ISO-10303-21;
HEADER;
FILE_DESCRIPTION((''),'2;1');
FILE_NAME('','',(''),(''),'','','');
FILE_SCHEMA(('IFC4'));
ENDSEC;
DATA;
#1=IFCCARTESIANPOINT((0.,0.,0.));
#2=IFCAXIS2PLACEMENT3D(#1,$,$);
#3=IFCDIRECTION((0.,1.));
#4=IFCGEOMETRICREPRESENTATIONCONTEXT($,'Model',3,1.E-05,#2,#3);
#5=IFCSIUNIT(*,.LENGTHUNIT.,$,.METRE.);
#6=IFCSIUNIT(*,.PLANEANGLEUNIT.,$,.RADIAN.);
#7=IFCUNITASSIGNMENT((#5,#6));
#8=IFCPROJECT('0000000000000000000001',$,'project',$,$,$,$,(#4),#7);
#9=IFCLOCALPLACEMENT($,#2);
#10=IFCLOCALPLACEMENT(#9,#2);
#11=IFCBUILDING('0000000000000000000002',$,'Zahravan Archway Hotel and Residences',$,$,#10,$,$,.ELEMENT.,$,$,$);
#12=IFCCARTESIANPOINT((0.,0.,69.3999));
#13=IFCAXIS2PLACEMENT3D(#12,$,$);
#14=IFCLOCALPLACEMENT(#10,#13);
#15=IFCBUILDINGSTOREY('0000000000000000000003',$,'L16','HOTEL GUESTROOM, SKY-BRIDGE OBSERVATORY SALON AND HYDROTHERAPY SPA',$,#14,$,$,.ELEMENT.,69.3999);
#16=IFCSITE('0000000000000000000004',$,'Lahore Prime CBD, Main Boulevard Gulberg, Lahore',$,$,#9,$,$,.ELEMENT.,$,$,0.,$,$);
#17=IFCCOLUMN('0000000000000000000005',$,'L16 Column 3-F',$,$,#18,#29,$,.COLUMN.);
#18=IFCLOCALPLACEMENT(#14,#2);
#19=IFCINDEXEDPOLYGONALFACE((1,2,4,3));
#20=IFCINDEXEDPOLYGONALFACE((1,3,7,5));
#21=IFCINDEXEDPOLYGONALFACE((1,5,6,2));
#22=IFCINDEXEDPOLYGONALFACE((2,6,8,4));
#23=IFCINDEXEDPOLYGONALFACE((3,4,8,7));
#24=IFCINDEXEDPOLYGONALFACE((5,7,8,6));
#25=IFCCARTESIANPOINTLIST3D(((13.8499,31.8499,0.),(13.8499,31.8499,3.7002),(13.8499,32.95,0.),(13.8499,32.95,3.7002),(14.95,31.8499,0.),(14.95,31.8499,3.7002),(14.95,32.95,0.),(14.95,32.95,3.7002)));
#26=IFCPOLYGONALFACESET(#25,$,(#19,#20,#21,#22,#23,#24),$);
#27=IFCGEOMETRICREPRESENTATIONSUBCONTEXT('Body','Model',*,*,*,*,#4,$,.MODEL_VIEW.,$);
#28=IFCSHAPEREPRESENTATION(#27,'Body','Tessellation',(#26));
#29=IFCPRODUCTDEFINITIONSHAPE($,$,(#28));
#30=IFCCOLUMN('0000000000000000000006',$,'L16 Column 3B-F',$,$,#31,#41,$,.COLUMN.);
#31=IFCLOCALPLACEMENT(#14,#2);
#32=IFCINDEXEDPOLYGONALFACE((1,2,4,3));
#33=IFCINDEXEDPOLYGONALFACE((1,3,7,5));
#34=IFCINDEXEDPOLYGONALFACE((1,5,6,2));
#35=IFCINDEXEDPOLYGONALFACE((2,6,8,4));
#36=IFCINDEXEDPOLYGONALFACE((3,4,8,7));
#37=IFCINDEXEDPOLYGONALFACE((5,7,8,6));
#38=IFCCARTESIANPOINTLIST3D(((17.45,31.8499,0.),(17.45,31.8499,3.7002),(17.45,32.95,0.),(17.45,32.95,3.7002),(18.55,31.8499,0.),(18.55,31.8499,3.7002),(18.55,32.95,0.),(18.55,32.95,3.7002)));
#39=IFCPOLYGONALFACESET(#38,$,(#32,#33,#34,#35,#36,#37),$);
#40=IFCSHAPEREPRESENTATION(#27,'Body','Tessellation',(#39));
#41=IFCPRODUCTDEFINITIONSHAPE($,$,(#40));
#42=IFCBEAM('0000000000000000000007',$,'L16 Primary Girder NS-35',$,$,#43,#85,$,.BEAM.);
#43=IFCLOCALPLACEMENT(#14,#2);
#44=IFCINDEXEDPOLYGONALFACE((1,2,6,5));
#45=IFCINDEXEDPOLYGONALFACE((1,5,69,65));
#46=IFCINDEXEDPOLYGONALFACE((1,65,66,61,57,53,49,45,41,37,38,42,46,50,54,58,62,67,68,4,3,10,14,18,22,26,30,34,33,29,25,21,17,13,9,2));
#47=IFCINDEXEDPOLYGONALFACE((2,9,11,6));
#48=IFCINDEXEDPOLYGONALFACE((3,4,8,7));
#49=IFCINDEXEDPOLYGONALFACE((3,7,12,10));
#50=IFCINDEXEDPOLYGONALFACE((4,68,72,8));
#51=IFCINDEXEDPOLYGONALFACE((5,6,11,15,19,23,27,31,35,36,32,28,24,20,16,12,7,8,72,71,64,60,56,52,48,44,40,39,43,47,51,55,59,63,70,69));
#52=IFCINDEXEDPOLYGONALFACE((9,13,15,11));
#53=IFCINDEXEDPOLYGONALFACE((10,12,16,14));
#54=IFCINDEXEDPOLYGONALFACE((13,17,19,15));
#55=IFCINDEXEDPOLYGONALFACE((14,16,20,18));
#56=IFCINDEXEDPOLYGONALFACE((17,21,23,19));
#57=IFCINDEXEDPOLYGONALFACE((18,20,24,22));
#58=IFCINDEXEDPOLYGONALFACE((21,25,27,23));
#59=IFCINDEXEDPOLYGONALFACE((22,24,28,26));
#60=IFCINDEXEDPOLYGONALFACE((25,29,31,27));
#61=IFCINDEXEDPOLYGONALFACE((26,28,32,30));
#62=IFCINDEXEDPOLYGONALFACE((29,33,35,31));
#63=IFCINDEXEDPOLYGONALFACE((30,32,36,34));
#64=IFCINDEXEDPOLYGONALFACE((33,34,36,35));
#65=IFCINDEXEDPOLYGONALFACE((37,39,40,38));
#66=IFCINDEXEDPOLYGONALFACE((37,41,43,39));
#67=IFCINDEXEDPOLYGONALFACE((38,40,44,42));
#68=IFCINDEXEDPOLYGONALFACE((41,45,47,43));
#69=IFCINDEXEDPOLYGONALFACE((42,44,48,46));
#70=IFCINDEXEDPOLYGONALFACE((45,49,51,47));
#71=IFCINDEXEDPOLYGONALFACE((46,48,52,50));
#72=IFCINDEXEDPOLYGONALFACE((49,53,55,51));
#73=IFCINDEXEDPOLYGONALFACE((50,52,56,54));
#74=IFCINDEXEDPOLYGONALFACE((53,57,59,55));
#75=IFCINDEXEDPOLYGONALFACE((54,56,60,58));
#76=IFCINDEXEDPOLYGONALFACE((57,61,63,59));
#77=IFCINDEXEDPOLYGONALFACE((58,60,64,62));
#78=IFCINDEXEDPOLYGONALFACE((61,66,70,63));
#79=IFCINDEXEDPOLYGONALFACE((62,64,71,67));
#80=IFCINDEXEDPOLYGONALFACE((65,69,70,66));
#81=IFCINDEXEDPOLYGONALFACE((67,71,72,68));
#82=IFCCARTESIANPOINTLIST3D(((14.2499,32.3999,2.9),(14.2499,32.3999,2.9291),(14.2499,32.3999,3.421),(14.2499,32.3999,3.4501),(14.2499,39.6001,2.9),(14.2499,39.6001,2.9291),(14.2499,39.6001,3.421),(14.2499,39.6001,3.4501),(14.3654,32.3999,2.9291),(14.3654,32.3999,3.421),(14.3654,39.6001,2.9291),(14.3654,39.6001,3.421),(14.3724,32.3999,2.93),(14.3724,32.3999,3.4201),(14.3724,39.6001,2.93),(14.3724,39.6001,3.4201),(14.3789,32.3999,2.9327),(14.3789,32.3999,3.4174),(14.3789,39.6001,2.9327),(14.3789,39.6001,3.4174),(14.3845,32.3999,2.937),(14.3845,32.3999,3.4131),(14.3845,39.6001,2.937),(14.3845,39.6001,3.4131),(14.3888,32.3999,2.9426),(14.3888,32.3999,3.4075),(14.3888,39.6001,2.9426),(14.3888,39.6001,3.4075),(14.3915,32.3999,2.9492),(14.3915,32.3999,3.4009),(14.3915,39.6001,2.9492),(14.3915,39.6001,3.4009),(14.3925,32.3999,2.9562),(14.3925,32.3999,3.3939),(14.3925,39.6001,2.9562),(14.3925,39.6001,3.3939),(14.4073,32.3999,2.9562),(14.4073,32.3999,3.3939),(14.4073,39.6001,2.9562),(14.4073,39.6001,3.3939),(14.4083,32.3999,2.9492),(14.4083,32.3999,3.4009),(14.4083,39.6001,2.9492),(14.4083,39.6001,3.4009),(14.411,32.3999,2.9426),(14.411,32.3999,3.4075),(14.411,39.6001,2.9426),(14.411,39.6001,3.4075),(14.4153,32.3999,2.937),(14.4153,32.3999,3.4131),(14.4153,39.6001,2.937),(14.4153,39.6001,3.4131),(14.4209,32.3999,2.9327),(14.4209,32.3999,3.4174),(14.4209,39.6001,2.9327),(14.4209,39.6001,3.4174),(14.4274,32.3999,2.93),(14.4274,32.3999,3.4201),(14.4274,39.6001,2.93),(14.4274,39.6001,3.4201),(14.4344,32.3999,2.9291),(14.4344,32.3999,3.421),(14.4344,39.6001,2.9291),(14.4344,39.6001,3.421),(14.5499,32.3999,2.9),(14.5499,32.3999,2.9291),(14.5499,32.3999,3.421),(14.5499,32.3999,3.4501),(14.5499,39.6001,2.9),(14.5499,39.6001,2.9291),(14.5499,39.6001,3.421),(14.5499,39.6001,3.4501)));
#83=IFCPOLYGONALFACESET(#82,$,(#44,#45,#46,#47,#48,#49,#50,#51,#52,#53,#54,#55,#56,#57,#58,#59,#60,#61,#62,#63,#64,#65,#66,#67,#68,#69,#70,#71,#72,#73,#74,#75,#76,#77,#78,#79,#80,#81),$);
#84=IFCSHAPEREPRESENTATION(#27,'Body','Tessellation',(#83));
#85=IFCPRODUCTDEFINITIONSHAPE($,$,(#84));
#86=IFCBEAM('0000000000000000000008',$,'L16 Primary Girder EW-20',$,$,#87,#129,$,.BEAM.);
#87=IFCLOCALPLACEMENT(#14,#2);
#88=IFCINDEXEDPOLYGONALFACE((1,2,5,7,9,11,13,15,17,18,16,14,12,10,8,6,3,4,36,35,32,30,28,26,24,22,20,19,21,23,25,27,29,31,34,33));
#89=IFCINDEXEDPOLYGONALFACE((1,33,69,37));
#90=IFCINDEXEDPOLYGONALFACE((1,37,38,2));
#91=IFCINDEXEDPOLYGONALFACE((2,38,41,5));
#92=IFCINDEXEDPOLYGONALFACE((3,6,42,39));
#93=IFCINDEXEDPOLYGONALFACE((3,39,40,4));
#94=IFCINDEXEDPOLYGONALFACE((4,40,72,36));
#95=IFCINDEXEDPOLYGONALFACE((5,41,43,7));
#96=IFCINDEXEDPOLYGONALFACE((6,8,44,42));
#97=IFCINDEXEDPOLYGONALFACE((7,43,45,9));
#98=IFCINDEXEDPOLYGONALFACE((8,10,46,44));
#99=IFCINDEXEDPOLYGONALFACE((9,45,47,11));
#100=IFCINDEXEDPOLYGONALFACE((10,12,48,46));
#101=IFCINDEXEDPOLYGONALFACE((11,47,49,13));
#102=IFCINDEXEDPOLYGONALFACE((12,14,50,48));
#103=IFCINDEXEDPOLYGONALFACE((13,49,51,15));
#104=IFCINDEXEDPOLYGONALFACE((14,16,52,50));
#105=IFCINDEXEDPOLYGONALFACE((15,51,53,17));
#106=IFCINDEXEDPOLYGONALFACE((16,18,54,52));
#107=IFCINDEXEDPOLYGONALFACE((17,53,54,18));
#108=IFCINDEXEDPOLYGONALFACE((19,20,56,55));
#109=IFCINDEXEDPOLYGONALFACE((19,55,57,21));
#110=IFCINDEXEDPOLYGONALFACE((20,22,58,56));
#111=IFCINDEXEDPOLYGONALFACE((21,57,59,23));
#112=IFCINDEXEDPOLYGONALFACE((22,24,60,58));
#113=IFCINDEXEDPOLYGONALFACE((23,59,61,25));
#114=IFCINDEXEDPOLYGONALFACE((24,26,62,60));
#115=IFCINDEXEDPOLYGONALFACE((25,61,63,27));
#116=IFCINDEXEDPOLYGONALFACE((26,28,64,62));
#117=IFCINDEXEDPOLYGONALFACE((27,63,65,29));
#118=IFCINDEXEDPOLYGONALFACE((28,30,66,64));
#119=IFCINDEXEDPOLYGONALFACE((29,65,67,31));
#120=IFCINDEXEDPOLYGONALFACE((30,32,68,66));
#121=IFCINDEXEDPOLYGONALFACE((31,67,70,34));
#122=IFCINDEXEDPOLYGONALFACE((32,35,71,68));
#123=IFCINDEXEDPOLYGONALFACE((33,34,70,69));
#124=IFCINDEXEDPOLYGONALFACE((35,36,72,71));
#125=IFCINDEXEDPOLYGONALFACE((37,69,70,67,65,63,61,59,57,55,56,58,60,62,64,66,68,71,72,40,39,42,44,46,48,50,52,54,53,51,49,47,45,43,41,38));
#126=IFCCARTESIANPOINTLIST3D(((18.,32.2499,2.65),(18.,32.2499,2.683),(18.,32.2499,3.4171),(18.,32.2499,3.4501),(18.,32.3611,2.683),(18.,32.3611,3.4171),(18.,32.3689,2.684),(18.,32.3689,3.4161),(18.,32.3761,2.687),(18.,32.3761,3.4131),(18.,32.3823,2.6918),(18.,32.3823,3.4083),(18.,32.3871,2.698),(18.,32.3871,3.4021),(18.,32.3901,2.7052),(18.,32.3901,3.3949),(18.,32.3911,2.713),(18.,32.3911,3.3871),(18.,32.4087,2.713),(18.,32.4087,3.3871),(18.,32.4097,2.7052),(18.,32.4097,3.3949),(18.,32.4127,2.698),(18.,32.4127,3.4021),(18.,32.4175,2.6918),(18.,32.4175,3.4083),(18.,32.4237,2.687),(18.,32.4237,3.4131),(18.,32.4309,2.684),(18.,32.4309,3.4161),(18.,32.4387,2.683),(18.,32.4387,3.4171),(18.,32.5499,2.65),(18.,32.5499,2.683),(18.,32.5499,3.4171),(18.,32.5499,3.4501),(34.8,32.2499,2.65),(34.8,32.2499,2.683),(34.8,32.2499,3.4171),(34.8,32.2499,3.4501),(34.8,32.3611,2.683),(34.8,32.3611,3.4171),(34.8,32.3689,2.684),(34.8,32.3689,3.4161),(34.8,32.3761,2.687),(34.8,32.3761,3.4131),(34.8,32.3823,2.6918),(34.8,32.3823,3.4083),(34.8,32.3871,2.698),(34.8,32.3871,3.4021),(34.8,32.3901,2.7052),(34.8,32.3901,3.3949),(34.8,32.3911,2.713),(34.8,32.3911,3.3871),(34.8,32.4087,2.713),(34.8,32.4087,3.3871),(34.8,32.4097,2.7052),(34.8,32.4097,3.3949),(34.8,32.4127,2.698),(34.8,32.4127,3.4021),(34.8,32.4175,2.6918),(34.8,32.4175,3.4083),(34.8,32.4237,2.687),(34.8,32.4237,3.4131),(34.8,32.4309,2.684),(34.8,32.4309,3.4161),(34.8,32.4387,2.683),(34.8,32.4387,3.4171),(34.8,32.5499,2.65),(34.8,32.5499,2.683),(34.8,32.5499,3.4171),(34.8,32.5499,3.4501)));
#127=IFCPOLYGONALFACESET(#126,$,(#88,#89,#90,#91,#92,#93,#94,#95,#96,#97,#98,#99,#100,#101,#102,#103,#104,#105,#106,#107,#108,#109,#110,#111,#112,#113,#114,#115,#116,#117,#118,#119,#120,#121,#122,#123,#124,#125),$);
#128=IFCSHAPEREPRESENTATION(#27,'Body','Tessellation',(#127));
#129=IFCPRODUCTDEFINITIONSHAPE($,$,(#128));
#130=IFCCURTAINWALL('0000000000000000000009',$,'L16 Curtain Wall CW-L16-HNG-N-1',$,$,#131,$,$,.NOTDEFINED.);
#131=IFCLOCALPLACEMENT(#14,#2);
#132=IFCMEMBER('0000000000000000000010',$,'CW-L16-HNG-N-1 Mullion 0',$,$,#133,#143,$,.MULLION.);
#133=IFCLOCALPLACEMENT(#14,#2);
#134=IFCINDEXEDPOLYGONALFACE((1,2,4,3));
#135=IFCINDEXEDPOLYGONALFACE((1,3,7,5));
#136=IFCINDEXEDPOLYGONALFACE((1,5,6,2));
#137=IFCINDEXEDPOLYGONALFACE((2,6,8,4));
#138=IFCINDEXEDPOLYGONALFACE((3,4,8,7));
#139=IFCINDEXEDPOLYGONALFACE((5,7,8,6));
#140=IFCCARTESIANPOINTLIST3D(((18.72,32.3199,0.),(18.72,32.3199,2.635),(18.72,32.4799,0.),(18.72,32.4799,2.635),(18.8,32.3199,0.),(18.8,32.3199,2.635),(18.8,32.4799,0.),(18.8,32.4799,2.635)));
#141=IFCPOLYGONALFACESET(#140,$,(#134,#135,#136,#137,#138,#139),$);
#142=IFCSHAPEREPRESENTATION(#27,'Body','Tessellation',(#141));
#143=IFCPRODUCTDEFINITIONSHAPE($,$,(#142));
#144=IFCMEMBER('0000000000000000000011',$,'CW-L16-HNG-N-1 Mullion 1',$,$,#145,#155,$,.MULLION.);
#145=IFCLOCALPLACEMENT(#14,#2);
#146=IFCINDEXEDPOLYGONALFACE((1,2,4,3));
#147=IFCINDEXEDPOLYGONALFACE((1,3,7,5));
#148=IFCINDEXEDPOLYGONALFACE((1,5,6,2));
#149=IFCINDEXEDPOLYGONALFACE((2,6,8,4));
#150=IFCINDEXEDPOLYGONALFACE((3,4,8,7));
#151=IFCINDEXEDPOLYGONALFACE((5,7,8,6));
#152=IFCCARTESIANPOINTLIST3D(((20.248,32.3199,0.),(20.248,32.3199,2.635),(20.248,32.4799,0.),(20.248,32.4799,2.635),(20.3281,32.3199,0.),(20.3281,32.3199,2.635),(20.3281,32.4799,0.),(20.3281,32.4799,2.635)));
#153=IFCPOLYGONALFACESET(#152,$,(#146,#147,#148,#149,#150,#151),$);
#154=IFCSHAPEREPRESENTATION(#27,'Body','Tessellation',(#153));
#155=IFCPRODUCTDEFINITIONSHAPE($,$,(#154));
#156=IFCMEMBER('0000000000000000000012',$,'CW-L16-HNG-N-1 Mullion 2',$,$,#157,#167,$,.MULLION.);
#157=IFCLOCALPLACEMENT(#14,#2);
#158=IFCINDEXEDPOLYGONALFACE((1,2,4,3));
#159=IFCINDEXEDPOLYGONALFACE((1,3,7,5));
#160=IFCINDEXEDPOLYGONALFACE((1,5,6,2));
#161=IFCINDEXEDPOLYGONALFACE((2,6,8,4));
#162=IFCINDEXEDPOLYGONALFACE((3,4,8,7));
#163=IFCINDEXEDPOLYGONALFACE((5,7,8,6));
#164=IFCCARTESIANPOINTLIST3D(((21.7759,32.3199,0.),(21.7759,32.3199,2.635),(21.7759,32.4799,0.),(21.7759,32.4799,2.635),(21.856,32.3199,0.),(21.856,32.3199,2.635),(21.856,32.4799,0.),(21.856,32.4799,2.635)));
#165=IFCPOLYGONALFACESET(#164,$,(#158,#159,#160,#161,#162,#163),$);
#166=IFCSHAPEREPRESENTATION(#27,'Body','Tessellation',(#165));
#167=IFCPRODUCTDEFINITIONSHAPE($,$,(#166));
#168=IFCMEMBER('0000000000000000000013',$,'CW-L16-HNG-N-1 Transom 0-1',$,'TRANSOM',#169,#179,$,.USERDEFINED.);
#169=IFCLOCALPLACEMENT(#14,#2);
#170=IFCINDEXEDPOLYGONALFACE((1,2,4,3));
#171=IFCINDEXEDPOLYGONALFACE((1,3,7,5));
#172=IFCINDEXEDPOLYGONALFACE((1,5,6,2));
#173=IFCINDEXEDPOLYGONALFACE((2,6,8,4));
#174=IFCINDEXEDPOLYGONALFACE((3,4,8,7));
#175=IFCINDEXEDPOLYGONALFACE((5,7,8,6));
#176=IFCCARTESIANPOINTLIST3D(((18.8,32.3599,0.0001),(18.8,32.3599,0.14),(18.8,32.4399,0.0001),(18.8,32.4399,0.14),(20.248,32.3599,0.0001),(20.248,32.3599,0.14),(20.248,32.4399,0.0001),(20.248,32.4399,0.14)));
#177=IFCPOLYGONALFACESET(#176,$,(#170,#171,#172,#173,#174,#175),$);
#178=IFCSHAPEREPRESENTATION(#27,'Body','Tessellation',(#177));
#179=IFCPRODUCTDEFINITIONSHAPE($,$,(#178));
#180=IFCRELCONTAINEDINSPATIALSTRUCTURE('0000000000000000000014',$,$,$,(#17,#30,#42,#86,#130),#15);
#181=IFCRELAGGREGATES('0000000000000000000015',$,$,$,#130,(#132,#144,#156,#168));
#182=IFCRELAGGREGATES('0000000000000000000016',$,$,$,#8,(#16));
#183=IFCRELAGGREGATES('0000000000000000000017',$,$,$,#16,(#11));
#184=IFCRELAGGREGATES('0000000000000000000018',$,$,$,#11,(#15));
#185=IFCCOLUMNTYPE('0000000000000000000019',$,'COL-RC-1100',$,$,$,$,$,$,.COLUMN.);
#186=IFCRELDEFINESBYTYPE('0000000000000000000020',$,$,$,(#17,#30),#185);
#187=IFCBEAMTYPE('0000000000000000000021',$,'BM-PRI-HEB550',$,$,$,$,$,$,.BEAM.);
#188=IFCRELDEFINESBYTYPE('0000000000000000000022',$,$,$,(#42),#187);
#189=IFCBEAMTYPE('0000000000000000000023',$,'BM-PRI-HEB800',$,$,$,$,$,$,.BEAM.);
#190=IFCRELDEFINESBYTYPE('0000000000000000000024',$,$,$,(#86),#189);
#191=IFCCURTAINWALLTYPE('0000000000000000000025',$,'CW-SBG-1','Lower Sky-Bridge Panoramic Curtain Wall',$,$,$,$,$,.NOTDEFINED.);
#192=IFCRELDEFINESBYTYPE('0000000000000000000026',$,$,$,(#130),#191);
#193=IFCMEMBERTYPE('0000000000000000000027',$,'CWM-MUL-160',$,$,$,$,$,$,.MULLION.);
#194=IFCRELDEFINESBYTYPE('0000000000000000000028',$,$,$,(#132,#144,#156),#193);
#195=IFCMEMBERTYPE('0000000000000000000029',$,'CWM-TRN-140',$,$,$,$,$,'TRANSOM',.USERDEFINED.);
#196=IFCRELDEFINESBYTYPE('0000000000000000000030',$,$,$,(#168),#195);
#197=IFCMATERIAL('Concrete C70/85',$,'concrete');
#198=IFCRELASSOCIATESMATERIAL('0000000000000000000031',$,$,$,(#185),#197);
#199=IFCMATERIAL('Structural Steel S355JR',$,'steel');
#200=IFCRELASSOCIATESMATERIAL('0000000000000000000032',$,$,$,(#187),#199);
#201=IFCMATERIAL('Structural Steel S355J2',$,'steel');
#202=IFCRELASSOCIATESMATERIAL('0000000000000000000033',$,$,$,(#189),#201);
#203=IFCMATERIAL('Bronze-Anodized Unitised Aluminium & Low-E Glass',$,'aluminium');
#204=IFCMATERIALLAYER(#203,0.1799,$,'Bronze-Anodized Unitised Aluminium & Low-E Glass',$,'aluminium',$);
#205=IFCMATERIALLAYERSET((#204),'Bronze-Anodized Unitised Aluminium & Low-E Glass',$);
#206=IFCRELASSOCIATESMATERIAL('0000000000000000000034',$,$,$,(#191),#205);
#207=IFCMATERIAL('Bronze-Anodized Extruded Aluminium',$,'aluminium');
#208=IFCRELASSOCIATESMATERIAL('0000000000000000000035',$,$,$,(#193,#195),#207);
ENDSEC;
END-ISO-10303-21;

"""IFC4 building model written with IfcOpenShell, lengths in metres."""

from ifc_helpers import new_model, si_unit, direction, frame, origin, origin_2d, place, context, subcontext, project, spatial, rectangle, i_section, extrude, source, transform, mapped, material, layer, layer_set, material_profile, profile_set, type_object, type_shapes, element, aggregate, save


model = new_model("IFC4")

# Units and contexts
model_context = context("Model", 3, precision=1e-05, world=origin(), true_north=direction((0.0, 1.0)))
body_context = subcontext(model_context, "Body", "Model", "MODEL_VIEW")
ifc_project = project(units=[si_unit("LENGTHUNIT", "METRE"), si_unit("PLANEANGLEUNIT", "RADIAN")], contexts=[model_context])

# Site, building, storey
site_placement = place(None, origin())
site = spatial("IfcSite", under=ifc_project, at=site_placement, Name="Lahore Prime CBD, Main Boulevard Gulberg, Lahore", CompositionType="ELEMENT", RefElevation=0.0)
building_placement = place(site_placement, origin())
building = spatial("IfcBuilding", under=site, at=building_placement, Name="Zahravan Archway Hotel and Residences", CompositionType="ELEMENT")
storey_placement = place(building_placement, frame((0.0, 0.0, 69.3999)))
storey = spatial("IfcBuildingStorey", under=building, at=storey_placement, Name="L16", Description="HOTEL GUESTROOM, SKY-BRIDGE OBSERVATORY SALON AND HYDROTHERAPY SPA", CompositionType="ELEMENT", Elevation=69.3999)

# Columns
ifc_material_1 = material(Name="Concrete C70/85", Category="concrete")
ifc_material_profile_1 = material_profile(ifc_material_1, rectangle(XDim=1.1001, YDim=1.1001, at=origin_2d()), Name="RC 1100x1100", Category="concrete")
ifc_profile_set_1 = profile_set([ifc_material_profile_1], Name="Concrete C70/85")
column_type = type_object("IfcColumnType", Name="COL-RC-1100", PredefinedType="COLUMN", material=ifc_profile_set_1)
shared_shape_1 = source(origin(), body_context, "Body", "SweptSolid", [
    extrude(rectangle(XDim=1.1001, YDim=1.1001, at=origin_2d()), origin(), (0.0, 0.0, 1.0), 3.7002),
])
for number, where, z_axis, x_axis, name in (
    (1, (14.3999, 32.3999, 0.0), (0.0, 0.0, 1.0), (1.0, 0.0, 0.0), "L16 Column 3-F"),
    (2, (18.0, 32.3999, 0.0), (0.0, 0.0, 1.0), (1.0, 0.0, 0.0), "L16 Column 3B-F"),
):
    element("IfcColumn", number, at=place(storey_placement, frame(where, z_axis=z_axis, x_axis=x_axis)), inside=storey, type_object=column_type, Name=name, PredefinedType="COLUMN", context=body_context, shape_type="MappedRepresentation", body=[
        mapped(shared_shape_1, transform((0.0, 0.0, 0.0), scale=1.0)),
    ])

# Beams
ifc_material_2 = material(Name="Structural Steel S355JR", Category="steel")
ifc_material_profile_2 = material_profile(ifc_material_2, i_section(OverallWidth=0.3, OverallDepth=0.55, WebThickness=0.0149, FlangeThickness=0.0291, FilletRadius=0.0271, at=origin_2d()), Name="HEB 550", Category="steel")
ifc_profile_set_2 = profile_set([ifc_material_profile_2], Name="Structural Steel S355JR")
beam_type_1 = type_object("IfcBeamType", Name="BM-PRI-HEB550", PredefinedType="BEAM", material=ifc_profile_set_2)
shared_shape_2 = source(origin(), body_context, "Body", "SweptSolid", [
    extrude(i_section(OverallWidth=0.3, OverallDepth=0.55, WebThickness=0.0149, FlangeThickness=0.0291, FilletRadius=0.0271, at=origin_2d()), origin(), (0.0, 0.0, 1.0), 7.2002),
])
type_shapes(beam_type_1, [shared_shape_2])
beam_1_placement = place(storey_placement, frame((14.3999, 32.3999, 3.175), z_axis=(0.0, 1.0, 0.0), x_axis=(-1.0, 0.0, 0.0)))
element("IfcBeam", 3, at=beam_1_placement, inside=storey, type_object=beam_type_1, Name="L16 Primary Girder NS-35", PredefinedType="BEAM", context=body_context, shape_type="MappedRepresentation", body=[
    mapped(shared_shape_2, transform((0.0, 0.0, 0.0), scale=1.0)),
])
ifc_material_3 = material(Name="Structural Steel S355J2", Category="steel")
ifc_material_profile_3 = material_profile(ifc_material_3, i_section(OverallWidth=0.3, OverallDepth=0.8, WebThickness=0.0176, FlangeThickness=0.033, FilletRadius=0.03, at=origin_2d()), Name="HEB 800", Category="steel")
ifc_profile_set_3 = profile_set([ifc_material_profile_3], Name="Structural Steel S355J2")
beam_type_2 = type_object("IfcBeamType", Name="BM-PRI-HEB800", PredefinedType="BEAM", material=ifc_profile_set_3)
shared_shape_3 = source(origin(), body_context, "Body", "SweptSolid", [
    extrude(i_section(OverallWidth=0.3, OverallDepth=0.8, WebThickness=0.0176, FlangeThickness=0.033, FilletRadius=0.03, at=origin_2d()), origin(), (0.0, 0.0, 1.0), 16.8),
])
type_shapes(beam_type_2, [shared_shape_3])
beam_2_placement = place(storey_placement, frame((18.0, 32.3999, 3.05), z_axis=(1.0, 0.0, 0.0), x_axis=(0.0, 1.0, 0.0)))
element("IfcBeam", 4, at=beam_2_placement, inside=storey, type_object=beam_type_2, Name="L16 Primary Girder EW-20", PredefinedType="BEAM", context=body_context, shape_type="MappedRepresentation", body=[
    mapped(shared_shape_3, transform((0.0, 0.0, 0.0), scale=1.0)),
])

# Curtain wall, members
ifc_material_4 = material(Name="Bronze-Anodized Unitised Aluminium & Low-E Glass", Category="aluminium")
ifc_layer_1 = layer(ifc_material_4, 0.1799, Name="Bronze-Anodized Unitised Aluminium & Low-E Glass", Category="aluminium")
ifc_layer_set_1 = layer_set([ifc_layer_1], Name="Bronze-Anodized Unitised Aluminium & Low-E Glass")
curtain_wall_type = type_object("IfcCurtainWallType", Name="CW-SBG-1", Description="Lower Sky-Bridge Panoramic Curtain Wall", PredefinedType="NOTDEFINED", material=ifc_layer_set_1)
curtain_wall_placement = place(storey_placement, origin())
curtain_wall = element("IfcCurtainWall", 5, at=curtain_wall_placement, inside=storey, type_object=curtain_wall_type, Name="L16 Curtain Wall CW-L16-HNG-N-1", PredefinedType="NOTDEFINED")
ifc_material_5 = material(Name="Bronze-Anodized Extruded Aluminium", Category="aluminium")
ifc_material_profile_4 = material_profile(ifc_material_5, rectangle(XDim=0.0801, YDim=0.1599, at=origin_2d()), Name="MUL 80x160", Category="aluminium")
ifc_profile_set_4 = profile_set([ifc_material_profile_4], Name="Bronze-Anodized Extruded Aluminium")
member_type_1 = type_object("IfcMemberType", Name="CWM-MUL-160", PredefinedType="MULLION", material=ifc_profile_set_4)
shared_shape_4 = source(origin(), body_context, "Body", "SweptSolid", [
    extrude(rectangle(XDim=0.0801, YDim=0.1599, at=origin_2d()), origin(), (0.0, 0.0, 1.0), 2.635),
])
member_1_placement = place(storey_placement, frame((18.76, 32.3999, 0.0), z_axis=(0.0, 0.0, 1.0), x_axis=(1.0, 0.0, 0.0)))
member_1 = element("IfcMember", 6, at=member_1_placement, type_object=member_type_1, Name="CW-L16-HNG-N-1 Mullion 0", PredefinedType="MULLION", context=body_context, shape_type="MappedRepresentation", body=[
    mapped(shared_shape_4, transform((0.0, 0.0, 0.0), scale=1.0)),
])
member_2_placement = place(storey_placement, frame((20.2881, 32.3999, 0.0), z_axis=(0.0, 0.0, 1.0), x_axis=(1.0, 0.0, 0.0)))
member_2 = element("IfcMember", 7, at=member_2_placement, type_object=member_type_1, Name="CW-L16-HNG-N-1 Mullion 1", PredefinedType="MULLION", context=body_context, shape_type="MappedRepresentation", body=[
    mapped(shared_shape_4, transform((0.0, 0.0, 0.0), scale=1.0)),
])
member_3_placement = place(storey_placement, frame((21.8159, 32.3999, 0.0), z_axis=(0.0, 0.0, 1.0), x_axis=(1.0, 0.0, 0.0)))
member_3 = element("IfcMember", 8, at=member_3_placement, type_object=member_type_1, Name="CW-L16-HNG-N-1 Mullion 2", PredefinedType="MULLION", context=body_context, shape_type="MappedRepresentation", body=[
    mapped(shared_shape_4, transform((0.0, 0.0, 0.0), scale=1.0)),
])
ifc_material_profile_5 = material_profile(ifc_material_5, rectangle(XDim=0.0801, YDim=0.1399, at=origin_2d()), Name="TRN 80x140", Category="aluminium")
ifc_profile_set_5 = profile_set([ifc_material_profile_5], Name="Bronze-Anodized Extruded Aluminium")
member_type_2 = type_object("IfcMemberType", Name="CWM-TRN-140", ElementType="TRANSOM", PredefinedType="USERDEFINED", material=ifc_profile_set_5)
shared_shape_5 = source(origin(), body_context, "Body", "SweptSolid", [
    extrude(rectangle(XDim=0.0801, YDim=0.1399, at=origin_2d()), origin(), (0.0, 0.0, 1.0), 1.448),
])
member_4_placement = place(storey_placement, frame((18.8, 32.3999, 0.0701), z_axis=(1.0, 0.0, 0.0), x_axis=(0.0, 1.0, 0.0)))
member_4 = element("IfcMember", 9, at=member_4_placement, type_object=member_type_2, Name="CW-L16-HNG-N-1 Transom 0-1", ObjectType="TRANSOM", PredefinedType="USERDEFINED", context=body_context, shape_type="MappedRepresentation", body=[
    mapped(shared_shape_5, transform((0.0, 0.0, 0.0), scale=1.0)),
])
aggregate(curtain_wall, [member_1, member_2, member_3, member_4])

save(model, "model.ifc")
